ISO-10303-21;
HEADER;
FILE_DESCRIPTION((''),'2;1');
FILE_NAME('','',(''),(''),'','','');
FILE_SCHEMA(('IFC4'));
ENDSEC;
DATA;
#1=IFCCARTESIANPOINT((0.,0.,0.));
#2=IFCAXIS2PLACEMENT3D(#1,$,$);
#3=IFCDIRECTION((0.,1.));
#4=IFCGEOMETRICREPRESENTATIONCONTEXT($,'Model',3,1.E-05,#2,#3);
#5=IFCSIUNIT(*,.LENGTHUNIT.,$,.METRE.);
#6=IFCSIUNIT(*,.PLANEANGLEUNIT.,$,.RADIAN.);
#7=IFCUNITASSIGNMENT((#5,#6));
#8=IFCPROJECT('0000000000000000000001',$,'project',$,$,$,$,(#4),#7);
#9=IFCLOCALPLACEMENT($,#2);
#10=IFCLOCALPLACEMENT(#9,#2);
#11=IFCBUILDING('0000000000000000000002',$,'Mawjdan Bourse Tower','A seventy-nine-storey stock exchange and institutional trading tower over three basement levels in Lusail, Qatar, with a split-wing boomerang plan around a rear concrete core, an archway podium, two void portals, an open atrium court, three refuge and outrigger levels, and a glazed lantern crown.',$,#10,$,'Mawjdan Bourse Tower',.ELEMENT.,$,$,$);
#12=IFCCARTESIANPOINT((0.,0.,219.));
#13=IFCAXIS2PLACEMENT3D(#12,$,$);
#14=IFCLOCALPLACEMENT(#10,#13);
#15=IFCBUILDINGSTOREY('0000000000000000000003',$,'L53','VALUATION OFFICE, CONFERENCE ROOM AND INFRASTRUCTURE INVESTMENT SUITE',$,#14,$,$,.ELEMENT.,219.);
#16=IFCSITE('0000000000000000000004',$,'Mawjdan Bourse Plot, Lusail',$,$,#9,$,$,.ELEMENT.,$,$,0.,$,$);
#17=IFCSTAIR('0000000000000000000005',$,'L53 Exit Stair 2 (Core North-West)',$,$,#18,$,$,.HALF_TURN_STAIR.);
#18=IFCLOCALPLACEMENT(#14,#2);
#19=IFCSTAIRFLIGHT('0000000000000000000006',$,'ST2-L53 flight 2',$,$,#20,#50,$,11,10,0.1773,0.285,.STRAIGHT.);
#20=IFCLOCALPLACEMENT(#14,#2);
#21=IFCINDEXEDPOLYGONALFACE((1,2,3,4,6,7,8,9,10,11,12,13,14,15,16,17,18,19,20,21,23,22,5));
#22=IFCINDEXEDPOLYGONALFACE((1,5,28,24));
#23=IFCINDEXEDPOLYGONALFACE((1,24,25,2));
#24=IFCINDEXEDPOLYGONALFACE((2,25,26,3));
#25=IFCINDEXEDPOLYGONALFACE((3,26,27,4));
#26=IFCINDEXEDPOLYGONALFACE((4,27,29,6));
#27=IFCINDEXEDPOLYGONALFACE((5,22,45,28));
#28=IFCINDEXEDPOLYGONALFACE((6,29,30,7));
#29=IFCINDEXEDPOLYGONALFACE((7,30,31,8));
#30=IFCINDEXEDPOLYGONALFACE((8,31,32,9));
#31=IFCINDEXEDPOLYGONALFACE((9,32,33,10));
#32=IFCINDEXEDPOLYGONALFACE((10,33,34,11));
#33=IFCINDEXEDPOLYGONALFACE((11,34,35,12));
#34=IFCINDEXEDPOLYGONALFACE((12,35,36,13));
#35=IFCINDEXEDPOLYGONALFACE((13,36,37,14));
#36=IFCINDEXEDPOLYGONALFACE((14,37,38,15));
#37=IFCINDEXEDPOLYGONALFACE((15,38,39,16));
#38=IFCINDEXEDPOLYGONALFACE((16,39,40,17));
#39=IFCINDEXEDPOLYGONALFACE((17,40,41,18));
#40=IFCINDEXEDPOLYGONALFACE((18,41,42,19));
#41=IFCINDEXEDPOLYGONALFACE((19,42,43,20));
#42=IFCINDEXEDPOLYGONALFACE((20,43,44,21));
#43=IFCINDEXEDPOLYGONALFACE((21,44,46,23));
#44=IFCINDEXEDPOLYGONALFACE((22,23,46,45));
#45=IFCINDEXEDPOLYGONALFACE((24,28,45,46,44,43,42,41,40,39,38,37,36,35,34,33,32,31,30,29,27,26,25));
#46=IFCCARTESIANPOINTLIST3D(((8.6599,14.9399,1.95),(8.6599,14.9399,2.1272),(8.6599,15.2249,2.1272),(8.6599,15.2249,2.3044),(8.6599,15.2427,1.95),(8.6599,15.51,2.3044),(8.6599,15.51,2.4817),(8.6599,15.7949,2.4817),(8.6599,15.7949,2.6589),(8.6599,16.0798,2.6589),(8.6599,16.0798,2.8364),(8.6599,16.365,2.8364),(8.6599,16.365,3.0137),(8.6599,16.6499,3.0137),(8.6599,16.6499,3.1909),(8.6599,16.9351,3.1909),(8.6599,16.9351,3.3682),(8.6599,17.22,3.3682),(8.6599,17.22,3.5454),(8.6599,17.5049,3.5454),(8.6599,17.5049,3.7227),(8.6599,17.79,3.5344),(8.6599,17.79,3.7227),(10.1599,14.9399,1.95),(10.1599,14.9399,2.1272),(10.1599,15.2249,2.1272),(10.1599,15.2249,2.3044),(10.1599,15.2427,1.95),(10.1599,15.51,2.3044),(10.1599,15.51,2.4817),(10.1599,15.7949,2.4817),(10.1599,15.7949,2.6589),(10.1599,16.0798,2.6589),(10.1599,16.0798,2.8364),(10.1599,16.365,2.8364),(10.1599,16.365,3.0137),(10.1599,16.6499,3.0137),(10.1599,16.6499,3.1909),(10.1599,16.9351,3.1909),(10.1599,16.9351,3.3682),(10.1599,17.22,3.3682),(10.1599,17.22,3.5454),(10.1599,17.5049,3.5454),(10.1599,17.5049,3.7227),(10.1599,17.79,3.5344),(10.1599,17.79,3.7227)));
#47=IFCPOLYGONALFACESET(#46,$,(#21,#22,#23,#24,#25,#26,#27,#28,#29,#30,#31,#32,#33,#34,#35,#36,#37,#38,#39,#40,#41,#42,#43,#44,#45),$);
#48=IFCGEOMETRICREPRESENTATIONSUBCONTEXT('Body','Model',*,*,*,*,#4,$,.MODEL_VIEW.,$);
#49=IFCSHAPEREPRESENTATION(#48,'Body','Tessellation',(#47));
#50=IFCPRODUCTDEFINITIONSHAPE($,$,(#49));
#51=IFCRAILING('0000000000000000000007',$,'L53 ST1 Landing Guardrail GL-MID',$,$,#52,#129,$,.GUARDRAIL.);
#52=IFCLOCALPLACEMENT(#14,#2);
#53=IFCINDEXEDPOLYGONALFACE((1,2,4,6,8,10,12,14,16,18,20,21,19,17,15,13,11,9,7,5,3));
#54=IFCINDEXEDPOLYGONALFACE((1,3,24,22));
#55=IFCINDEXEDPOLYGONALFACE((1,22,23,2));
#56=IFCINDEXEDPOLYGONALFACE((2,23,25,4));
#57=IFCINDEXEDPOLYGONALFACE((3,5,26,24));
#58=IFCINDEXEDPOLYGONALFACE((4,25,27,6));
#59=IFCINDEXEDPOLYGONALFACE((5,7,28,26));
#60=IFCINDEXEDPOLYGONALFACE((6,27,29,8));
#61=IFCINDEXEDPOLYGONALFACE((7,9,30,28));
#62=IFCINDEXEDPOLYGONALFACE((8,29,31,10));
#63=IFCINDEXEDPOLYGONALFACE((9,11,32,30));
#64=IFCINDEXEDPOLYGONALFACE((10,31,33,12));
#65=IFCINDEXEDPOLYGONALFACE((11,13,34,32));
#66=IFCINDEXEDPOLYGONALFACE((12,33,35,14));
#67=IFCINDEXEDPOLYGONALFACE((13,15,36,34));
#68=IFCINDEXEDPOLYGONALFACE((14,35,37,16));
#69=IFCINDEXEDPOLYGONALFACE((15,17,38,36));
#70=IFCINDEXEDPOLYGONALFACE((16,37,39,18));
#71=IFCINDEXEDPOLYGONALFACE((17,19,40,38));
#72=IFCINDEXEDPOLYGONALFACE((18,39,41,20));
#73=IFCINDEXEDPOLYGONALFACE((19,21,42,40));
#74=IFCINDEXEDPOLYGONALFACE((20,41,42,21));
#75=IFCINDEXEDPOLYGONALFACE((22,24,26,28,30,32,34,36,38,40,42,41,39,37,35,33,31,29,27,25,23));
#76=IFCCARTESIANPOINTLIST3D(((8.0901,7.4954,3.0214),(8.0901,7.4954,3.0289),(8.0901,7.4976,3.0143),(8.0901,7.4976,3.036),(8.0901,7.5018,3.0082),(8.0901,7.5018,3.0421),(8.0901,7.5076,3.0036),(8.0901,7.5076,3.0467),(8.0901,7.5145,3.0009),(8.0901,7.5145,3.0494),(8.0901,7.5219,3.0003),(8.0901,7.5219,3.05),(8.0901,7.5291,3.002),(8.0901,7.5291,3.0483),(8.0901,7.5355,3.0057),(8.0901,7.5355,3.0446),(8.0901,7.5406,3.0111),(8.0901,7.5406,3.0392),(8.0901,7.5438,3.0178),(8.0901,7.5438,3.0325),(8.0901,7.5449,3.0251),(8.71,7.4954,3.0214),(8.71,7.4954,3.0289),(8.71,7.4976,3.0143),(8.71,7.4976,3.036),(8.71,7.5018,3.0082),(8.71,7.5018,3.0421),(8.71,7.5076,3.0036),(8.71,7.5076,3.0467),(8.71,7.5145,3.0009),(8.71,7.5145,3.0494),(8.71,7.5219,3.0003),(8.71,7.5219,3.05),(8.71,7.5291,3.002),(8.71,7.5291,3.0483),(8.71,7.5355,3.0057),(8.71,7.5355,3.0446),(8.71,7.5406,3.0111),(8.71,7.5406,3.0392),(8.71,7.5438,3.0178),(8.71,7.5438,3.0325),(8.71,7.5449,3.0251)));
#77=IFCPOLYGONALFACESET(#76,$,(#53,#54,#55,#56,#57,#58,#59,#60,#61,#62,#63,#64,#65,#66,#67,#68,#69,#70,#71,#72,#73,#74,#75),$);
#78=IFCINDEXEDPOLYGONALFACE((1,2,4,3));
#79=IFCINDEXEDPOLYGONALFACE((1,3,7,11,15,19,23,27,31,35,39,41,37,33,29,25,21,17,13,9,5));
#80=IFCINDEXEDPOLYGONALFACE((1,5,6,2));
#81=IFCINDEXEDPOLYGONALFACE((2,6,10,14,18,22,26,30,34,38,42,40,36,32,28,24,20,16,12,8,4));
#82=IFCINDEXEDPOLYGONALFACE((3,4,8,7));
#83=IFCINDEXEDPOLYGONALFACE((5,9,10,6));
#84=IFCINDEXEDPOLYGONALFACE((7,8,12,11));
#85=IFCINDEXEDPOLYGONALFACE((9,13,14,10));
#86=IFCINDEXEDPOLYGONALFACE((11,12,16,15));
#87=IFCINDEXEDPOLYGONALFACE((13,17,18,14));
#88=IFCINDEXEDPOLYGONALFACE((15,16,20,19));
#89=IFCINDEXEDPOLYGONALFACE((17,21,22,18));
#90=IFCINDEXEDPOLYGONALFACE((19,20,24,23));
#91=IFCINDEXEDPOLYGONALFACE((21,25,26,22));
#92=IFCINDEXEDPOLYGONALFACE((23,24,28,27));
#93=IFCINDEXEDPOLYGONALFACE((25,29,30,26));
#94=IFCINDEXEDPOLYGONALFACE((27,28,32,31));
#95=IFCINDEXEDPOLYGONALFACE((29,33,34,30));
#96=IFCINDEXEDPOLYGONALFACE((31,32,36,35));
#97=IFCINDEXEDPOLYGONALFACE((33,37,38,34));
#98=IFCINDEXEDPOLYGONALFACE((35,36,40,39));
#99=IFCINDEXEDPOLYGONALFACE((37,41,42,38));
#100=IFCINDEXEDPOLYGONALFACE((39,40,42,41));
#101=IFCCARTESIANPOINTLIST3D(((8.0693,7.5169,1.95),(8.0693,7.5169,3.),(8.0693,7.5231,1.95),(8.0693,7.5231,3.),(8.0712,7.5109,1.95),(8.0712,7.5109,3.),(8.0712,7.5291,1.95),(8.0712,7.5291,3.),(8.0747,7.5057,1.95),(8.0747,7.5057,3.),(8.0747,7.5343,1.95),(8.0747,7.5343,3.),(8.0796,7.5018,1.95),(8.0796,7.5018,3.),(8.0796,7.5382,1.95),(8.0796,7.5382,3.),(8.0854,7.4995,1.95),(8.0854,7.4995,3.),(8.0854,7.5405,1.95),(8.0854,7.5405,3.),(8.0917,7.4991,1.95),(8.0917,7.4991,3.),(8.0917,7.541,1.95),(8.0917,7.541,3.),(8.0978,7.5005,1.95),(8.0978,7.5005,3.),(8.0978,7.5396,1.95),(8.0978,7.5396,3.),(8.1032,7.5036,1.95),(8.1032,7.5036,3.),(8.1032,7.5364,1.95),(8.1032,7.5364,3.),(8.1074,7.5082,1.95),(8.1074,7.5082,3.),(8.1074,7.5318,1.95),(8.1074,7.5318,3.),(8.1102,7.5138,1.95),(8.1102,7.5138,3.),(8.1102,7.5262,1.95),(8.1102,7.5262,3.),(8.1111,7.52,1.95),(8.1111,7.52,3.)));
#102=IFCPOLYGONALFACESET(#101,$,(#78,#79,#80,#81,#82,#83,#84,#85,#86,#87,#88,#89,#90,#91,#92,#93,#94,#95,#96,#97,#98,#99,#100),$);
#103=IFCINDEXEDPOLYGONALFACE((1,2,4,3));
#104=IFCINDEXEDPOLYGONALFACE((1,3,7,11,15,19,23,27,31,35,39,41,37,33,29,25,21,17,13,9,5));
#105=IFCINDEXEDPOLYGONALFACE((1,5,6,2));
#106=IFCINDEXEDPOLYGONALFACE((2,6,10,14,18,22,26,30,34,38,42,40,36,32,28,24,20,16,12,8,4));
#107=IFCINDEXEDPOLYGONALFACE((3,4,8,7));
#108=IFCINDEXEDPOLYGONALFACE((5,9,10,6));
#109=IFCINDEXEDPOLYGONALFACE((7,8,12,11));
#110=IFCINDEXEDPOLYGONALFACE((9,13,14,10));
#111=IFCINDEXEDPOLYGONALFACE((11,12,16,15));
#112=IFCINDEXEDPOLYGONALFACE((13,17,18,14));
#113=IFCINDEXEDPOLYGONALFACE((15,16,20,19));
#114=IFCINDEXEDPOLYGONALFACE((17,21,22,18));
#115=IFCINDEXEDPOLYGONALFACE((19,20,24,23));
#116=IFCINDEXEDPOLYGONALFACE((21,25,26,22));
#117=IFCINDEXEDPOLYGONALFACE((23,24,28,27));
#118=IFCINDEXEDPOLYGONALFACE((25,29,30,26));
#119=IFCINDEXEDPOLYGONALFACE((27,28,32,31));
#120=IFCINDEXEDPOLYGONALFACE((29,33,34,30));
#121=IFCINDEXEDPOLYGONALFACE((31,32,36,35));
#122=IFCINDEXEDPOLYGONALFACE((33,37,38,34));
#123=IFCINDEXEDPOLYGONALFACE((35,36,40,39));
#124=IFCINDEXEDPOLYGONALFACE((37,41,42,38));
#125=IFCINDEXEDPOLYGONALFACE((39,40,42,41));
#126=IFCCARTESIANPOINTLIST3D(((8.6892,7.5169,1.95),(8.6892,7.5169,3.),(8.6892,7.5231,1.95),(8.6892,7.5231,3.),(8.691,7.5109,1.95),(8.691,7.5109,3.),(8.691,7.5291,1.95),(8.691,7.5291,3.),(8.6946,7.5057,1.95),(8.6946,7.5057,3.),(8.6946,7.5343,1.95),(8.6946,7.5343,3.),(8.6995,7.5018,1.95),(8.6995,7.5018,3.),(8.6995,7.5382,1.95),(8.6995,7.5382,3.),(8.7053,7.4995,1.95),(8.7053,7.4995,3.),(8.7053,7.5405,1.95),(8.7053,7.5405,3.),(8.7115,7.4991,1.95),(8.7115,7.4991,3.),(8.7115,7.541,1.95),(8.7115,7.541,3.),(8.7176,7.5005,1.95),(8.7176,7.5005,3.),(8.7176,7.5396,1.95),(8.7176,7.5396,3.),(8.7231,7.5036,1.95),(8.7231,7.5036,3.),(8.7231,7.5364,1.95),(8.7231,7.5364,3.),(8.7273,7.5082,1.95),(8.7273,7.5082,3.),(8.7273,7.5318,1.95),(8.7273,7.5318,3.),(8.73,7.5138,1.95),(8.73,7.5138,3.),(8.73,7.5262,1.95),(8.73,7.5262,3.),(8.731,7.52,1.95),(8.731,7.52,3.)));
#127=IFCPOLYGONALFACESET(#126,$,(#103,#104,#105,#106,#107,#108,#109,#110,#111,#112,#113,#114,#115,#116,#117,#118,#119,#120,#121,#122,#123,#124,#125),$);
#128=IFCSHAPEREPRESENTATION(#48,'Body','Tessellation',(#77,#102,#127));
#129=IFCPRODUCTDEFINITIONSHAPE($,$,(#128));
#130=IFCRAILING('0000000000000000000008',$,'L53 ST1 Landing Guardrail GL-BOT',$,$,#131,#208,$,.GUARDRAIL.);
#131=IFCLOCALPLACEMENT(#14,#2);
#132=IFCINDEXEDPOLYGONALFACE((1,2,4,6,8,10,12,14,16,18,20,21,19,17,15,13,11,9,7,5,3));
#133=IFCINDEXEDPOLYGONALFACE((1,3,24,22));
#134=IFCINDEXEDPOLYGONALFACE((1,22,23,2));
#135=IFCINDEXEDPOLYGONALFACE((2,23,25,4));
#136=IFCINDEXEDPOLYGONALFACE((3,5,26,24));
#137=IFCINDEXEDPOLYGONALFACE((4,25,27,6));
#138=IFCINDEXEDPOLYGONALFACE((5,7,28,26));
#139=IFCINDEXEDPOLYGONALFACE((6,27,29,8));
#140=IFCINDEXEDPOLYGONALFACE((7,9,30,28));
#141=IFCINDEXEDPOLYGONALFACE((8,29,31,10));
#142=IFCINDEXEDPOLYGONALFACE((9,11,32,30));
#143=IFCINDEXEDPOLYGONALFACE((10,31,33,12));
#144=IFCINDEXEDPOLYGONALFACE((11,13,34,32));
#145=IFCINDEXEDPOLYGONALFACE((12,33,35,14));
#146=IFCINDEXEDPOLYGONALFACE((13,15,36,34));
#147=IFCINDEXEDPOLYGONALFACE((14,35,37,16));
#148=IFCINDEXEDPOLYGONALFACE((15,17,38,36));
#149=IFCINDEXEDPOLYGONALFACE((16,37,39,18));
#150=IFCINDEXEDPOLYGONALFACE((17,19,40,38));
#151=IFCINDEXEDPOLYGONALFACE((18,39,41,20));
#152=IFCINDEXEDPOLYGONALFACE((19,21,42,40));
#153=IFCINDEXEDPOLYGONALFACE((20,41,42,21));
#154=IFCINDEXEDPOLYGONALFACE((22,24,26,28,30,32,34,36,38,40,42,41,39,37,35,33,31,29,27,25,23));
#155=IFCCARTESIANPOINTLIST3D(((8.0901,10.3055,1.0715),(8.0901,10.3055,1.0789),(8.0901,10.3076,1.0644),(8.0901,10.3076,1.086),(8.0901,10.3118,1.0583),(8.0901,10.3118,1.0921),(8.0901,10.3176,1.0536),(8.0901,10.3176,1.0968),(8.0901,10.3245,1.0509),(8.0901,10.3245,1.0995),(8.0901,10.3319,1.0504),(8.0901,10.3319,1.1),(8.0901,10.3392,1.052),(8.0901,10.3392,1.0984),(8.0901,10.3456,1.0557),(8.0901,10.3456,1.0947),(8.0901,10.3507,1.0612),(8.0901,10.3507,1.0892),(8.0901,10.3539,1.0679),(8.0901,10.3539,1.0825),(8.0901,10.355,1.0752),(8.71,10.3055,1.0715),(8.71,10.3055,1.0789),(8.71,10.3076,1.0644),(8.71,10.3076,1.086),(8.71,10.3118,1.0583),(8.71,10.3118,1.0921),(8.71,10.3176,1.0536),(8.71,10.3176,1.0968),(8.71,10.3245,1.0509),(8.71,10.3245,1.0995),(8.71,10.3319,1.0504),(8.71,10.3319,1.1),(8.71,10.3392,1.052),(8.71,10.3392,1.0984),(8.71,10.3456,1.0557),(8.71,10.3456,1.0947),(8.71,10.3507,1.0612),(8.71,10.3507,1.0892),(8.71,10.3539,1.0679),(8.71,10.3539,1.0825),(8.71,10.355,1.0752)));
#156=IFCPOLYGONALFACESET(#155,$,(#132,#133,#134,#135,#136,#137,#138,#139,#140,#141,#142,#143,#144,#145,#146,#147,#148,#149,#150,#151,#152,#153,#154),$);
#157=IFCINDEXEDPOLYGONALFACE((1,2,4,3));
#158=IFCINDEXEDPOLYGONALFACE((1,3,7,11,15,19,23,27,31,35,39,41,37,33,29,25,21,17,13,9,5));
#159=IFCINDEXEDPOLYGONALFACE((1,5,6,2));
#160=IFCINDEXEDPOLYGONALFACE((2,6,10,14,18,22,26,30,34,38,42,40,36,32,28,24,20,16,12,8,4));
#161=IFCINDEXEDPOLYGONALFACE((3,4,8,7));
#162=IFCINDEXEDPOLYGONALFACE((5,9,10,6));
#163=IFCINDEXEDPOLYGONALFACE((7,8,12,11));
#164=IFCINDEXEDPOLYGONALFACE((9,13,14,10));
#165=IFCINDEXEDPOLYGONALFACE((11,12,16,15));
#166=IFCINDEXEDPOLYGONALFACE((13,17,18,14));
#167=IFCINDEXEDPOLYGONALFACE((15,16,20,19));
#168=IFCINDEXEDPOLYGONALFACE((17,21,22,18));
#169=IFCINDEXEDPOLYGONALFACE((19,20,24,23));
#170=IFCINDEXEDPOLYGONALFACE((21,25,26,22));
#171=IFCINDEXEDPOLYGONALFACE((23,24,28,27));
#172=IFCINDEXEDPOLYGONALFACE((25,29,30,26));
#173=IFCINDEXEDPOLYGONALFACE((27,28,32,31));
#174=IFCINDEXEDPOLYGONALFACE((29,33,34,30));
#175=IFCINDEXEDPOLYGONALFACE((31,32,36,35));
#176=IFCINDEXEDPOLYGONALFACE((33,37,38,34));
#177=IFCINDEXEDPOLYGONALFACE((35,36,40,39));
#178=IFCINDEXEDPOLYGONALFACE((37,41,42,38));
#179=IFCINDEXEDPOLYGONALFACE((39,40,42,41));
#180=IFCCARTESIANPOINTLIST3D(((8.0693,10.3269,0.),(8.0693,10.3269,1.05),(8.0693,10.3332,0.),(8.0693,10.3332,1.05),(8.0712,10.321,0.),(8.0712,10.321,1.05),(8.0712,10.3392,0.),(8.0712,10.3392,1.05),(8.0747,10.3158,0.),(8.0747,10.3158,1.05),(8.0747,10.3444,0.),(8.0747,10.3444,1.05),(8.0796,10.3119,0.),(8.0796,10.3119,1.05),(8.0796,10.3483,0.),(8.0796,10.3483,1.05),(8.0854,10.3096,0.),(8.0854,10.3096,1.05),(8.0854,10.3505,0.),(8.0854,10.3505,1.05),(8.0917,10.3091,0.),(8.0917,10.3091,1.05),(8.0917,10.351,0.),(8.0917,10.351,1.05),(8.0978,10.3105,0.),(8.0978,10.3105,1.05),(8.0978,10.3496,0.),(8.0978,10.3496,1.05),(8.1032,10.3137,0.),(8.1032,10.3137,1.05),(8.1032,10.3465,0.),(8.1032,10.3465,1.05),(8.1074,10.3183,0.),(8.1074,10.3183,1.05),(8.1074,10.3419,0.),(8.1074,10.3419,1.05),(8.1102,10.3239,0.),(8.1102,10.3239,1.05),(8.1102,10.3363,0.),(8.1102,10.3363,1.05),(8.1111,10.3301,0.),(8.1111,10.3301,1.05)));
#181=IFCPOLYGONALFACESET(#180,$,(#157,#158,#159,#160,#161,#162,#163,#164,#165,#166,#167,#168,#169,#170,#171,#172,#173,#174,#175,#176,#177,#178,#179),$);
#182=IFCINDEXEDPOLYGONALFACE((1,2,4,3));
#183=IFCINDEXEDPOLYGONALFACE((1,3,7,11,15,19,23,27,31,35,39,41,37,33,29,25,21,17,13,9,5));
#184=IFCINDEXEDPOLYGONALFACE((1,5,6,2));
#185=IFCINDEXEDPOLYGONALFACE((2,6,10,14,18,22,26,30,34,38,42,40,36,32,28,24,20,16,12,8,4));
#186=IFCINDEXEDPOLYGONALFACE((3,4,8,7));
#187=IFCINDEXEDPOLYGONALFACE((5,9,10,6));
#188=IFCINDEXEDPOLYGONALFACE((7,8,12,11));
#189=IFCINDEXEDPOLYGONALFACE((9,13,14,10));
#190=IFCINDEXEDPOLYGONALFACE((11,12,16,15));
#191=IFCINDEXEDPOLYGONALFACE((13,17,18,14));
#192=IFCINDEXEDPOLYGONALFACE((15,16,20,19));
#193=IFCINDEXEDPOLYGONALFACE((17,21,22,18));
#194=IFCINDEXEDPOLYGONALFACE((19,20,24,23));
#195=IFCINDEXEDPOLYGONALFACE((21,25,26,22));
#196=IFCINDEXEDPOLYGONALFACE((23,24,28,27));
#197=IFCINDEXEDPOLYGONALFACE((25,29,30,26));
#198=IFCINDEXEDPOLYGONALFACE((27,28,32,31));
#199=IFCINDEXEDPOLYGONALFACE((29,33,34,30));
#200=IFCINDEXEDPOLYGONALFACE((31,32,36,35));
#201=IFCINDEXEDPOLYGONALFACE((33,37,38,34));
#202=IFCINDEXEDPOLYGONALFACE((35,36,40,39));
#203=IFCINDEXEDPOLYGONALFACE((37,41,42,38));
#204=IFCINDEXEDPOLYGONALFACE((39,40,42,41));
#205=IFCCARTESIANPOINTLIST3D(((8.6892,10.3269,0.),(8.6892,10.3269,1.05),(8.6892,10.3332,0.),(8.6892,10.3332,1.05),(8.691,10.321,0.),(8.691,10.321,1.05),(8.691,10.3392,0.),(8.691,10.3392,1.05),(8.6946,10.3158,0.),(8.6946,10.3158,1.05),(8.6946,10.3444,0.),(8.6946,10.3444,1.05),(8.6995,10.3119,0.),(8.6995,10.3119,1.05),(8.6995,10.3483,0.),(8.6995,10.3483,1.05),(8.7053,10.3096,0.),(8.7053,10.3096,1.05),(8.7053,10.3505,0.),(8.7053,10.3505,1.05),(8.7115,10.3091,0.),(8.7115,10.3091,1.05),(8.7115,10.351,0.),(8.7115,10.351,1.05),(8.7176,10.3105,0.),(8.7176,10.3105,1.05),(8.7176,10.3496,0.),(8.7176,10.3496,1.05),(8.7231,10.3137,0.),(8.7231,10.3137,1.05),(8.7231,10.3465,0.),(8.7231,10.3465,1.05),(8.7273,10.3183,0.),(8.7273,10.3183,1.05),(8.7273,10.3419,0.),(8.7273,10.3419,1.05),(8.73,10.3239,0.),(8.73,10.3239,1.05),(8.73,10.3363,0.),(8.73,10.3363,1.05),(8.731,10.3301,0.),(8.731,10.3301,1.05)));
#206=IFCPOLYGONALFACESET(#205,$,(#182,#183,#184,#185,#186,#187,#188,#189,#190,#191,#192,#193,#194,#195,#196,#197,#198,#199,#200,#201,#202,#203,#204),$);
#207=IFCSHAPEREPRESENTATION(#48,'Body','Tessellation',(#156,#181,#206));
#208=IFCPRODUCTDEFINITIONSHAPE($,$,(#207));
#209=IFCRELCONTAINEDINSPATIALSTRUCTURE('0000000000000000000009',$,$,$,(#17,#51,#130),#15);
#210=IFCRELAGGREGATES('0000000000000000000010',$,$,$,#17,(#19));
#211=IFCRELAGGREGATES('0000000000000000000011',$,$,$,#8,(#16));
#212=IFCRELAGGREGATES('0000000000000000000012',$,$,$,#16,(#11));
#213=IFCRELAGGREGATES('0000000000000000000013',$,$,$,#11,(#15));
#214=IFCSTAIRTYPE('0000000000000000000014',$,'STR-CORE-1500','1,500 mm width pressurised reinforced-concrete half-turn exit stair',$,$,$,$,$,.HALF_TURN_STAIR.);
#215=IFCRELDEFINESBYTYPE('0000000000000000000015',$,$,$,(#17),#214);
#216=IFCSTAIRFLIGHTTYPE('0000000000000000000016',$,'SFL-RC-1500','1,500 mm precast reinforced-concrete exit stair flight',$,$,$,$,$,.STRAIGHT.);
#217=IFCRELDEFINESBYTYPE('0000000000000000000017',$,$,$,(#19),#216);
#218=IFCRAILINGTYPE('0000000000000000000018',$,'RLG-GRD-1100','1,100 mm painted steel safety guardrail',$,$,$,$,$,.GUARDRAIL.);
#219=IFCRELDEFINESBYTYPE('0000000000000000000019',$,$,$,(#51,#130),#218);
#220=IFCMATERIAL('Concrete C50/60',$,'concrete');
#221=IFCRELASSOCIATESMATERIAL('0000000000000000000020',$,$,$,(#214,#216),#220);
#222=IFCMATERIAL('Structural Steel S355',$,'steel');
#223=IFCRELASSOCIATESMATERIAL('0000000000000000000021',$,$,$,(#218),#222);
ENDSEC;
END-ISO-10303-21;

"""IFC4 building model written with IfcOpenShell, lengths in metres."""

from ifc_helpers import new_model, si_unit, direction, frame, origin, origin_2d, place, context, subcontext, project, spatial, polyline, circle, outline, extrude, material, type_object, element, aggregate, save


model = new_model("IFC4")

# Units and contexts
model_context = context("Model", 3, precision=1e-05, world=origin(), true_north=direction((0.0, 1.0)))
body_context = subcontext(model_context, "Body", "Model", "MODEL_VIEW")
ifc_project = project(units=[si_unit("LENGTHUNIT", "METRE"), si_unit("PLANEANGLEUNIT", "RADIAN")], contexts=[model_context])

# Site, building, storey
site_placement = place(None, origin())
site = spatial("IfcSite", under=ifc_project, at=site_placement, Name="Mawjdan Bourse Plot, Lusail", CompositionType="ELEMENT", RefElevation=0.0)
building_placement = place(site_placement, origin())
building = spatial("IfcBuilding", under=site, at=building_placement, Name="Mawjdan Bourse Tower", Description="A seventy-nine-storey stock exchange and institutional trading tower over three basement levels in Lusail, Qatar, with a split-wing boomerang plan around a rear concrete core, an archway podium, two void portals, an open atrium court, three refuge and outrigger levels, and a glazed lantern crown.", LongName="Mawjdan Bourse Tower", CompositionType="ELEMENT")
storey_placement = place(building_placement, frame((0.0, 0.0, 219.0)))
storey = spatial("IfcBuildingStorey", under=building, at=storey_placement, Name="L53", Description="VALUATION OFFICE, CONFERENCE ROOM AND INFRASTRUCTURE INVESTMENT SUITE", CompositionType="ELEMENT", Elevation=219.0)

# Stair
ifc_material_1 = material(Name="Concrete C50/60", Category="concrete")
stair_type = type_object("IfcStairType", Name="STR-CORE-1500", Description="1,500 mm width pressurised reinforced-concrete half-turn exit stair", PredefinedType="HALF_TURN_STAIR", material=ifc_material_1)
stair_1_placement = place(storey_placement, origin())
stair_1 = element("IfcStair", 1, at=stair_1_placement, inside=storey, type_object=stair_type, Name="L53 Exit Stair 2 (Core North-West)", PredefinedType="HALF_TURN_STAIR")

# Stair flight
stair_flight_type = type_object("IfcStairFlightType", Name="SFL-RC-1500", Description="1,500 mm precast reinforced-concrete exit stair flight", PredefinedType="STRAIGHT", material=ifc_material_1)
stair_flight_1_placement = place(storey_placement, frame((9.4099, 14.9399, 1.95), z_axis=(0.0, 0.0, 1.0), x_axis=(0.0, 1.0, 0.0)))
stair_flight_1 = element("IfcStairFlight", 2, at=stair_flight_1_placement, type_object=stair_flight_type, Name="ST2-L53 flight 2", NumberOfRisers=11, NumberOfTreads=10, PredefinedType="STRAIGHT", RiserHeight=0.1773, TreadLength=0.285, context=body_context, shape_type="SweptSolid", body=[
    extrude(outline(polyline([(0.0, 0.0), (0.0, 0.1772), (0.2849, 0.1772), (0.2849, 0.3545), (0.5701, 0.3545), (0.5701, 0.5317), (0.855, 0.5317), (0.855, 0.709), (1.1399, 0.709), (1.1399, 0.8865), (1.425, 0.8865), (1.425, 1.0637), (1.71, 1.0637), (1.71, 1.241), (1.9951, 1.241), (1.9951, 1.4182), (2.28, 1.4182), (2.28, 1.5955), (2.5649, 1.5955), (2.5649, 1.7727), (2.8501, 1.7727), (2.8501, 1.95), (2.8501, 1.5845), (0.3027, 0.0), (0.0, 0.0)])), frame((0.0, 0.75, 0.0), z_axis=(0.0, -1.0, 0.0), x_axis=(1.0, 0.0, 0.0)), (0.0, 0.0, 1.0), 1.5),
])
aggregate(stair_1, [stair_flight_1])

# Railings
ifc_material_2 = material(Name="Structural Steel S355", Category="steel")
railing_type_1 = type_object("IfcRailingType", Name="RLG-GRD-1100", Description="1,100 mm painted steel safety guardrail", PredefinedType="GUARDRAIL", material=ifc_material_2)
for number, where, name in (
    (3, (8.0901, 7.52, 1.95), "L53 ST1 Landing Guardrail GL-MID"),
    (4, (8.0901, 10.3301, 0.0), "L53 ST1 Landing Guardrail GL-BOT"),
):
    element("IfcRailing", number, at=place(storey_placement, frame(where)), inside=storey, type_object=railing_type_1, Name=name, PredefinedType="GUARDRAIL", context=body_context, shape_type="SweptSolid", body=[
        extrude(circle(Radius=0.0249, at=origin_2d()), frame((0.0, 0.0, 1.0752), z_axis=(1.0, 0.0, 0.0), x_axis=(0.0, 1.0, 0.0)), (0.0, 0.0, 1.0), 0.6199),
        extrude(circle(Radius=0.021, at=origin_2d()), origin(), (0.0, 0.0, 1.0), 1.05),
        extrude(circle(Radius=0.021, at=origin_2d()), frame((0.6199, 0.0, 0.0)), (0.0, 0.0, 1.0), 1.05),
    ])

save(model, "model.ifc")
